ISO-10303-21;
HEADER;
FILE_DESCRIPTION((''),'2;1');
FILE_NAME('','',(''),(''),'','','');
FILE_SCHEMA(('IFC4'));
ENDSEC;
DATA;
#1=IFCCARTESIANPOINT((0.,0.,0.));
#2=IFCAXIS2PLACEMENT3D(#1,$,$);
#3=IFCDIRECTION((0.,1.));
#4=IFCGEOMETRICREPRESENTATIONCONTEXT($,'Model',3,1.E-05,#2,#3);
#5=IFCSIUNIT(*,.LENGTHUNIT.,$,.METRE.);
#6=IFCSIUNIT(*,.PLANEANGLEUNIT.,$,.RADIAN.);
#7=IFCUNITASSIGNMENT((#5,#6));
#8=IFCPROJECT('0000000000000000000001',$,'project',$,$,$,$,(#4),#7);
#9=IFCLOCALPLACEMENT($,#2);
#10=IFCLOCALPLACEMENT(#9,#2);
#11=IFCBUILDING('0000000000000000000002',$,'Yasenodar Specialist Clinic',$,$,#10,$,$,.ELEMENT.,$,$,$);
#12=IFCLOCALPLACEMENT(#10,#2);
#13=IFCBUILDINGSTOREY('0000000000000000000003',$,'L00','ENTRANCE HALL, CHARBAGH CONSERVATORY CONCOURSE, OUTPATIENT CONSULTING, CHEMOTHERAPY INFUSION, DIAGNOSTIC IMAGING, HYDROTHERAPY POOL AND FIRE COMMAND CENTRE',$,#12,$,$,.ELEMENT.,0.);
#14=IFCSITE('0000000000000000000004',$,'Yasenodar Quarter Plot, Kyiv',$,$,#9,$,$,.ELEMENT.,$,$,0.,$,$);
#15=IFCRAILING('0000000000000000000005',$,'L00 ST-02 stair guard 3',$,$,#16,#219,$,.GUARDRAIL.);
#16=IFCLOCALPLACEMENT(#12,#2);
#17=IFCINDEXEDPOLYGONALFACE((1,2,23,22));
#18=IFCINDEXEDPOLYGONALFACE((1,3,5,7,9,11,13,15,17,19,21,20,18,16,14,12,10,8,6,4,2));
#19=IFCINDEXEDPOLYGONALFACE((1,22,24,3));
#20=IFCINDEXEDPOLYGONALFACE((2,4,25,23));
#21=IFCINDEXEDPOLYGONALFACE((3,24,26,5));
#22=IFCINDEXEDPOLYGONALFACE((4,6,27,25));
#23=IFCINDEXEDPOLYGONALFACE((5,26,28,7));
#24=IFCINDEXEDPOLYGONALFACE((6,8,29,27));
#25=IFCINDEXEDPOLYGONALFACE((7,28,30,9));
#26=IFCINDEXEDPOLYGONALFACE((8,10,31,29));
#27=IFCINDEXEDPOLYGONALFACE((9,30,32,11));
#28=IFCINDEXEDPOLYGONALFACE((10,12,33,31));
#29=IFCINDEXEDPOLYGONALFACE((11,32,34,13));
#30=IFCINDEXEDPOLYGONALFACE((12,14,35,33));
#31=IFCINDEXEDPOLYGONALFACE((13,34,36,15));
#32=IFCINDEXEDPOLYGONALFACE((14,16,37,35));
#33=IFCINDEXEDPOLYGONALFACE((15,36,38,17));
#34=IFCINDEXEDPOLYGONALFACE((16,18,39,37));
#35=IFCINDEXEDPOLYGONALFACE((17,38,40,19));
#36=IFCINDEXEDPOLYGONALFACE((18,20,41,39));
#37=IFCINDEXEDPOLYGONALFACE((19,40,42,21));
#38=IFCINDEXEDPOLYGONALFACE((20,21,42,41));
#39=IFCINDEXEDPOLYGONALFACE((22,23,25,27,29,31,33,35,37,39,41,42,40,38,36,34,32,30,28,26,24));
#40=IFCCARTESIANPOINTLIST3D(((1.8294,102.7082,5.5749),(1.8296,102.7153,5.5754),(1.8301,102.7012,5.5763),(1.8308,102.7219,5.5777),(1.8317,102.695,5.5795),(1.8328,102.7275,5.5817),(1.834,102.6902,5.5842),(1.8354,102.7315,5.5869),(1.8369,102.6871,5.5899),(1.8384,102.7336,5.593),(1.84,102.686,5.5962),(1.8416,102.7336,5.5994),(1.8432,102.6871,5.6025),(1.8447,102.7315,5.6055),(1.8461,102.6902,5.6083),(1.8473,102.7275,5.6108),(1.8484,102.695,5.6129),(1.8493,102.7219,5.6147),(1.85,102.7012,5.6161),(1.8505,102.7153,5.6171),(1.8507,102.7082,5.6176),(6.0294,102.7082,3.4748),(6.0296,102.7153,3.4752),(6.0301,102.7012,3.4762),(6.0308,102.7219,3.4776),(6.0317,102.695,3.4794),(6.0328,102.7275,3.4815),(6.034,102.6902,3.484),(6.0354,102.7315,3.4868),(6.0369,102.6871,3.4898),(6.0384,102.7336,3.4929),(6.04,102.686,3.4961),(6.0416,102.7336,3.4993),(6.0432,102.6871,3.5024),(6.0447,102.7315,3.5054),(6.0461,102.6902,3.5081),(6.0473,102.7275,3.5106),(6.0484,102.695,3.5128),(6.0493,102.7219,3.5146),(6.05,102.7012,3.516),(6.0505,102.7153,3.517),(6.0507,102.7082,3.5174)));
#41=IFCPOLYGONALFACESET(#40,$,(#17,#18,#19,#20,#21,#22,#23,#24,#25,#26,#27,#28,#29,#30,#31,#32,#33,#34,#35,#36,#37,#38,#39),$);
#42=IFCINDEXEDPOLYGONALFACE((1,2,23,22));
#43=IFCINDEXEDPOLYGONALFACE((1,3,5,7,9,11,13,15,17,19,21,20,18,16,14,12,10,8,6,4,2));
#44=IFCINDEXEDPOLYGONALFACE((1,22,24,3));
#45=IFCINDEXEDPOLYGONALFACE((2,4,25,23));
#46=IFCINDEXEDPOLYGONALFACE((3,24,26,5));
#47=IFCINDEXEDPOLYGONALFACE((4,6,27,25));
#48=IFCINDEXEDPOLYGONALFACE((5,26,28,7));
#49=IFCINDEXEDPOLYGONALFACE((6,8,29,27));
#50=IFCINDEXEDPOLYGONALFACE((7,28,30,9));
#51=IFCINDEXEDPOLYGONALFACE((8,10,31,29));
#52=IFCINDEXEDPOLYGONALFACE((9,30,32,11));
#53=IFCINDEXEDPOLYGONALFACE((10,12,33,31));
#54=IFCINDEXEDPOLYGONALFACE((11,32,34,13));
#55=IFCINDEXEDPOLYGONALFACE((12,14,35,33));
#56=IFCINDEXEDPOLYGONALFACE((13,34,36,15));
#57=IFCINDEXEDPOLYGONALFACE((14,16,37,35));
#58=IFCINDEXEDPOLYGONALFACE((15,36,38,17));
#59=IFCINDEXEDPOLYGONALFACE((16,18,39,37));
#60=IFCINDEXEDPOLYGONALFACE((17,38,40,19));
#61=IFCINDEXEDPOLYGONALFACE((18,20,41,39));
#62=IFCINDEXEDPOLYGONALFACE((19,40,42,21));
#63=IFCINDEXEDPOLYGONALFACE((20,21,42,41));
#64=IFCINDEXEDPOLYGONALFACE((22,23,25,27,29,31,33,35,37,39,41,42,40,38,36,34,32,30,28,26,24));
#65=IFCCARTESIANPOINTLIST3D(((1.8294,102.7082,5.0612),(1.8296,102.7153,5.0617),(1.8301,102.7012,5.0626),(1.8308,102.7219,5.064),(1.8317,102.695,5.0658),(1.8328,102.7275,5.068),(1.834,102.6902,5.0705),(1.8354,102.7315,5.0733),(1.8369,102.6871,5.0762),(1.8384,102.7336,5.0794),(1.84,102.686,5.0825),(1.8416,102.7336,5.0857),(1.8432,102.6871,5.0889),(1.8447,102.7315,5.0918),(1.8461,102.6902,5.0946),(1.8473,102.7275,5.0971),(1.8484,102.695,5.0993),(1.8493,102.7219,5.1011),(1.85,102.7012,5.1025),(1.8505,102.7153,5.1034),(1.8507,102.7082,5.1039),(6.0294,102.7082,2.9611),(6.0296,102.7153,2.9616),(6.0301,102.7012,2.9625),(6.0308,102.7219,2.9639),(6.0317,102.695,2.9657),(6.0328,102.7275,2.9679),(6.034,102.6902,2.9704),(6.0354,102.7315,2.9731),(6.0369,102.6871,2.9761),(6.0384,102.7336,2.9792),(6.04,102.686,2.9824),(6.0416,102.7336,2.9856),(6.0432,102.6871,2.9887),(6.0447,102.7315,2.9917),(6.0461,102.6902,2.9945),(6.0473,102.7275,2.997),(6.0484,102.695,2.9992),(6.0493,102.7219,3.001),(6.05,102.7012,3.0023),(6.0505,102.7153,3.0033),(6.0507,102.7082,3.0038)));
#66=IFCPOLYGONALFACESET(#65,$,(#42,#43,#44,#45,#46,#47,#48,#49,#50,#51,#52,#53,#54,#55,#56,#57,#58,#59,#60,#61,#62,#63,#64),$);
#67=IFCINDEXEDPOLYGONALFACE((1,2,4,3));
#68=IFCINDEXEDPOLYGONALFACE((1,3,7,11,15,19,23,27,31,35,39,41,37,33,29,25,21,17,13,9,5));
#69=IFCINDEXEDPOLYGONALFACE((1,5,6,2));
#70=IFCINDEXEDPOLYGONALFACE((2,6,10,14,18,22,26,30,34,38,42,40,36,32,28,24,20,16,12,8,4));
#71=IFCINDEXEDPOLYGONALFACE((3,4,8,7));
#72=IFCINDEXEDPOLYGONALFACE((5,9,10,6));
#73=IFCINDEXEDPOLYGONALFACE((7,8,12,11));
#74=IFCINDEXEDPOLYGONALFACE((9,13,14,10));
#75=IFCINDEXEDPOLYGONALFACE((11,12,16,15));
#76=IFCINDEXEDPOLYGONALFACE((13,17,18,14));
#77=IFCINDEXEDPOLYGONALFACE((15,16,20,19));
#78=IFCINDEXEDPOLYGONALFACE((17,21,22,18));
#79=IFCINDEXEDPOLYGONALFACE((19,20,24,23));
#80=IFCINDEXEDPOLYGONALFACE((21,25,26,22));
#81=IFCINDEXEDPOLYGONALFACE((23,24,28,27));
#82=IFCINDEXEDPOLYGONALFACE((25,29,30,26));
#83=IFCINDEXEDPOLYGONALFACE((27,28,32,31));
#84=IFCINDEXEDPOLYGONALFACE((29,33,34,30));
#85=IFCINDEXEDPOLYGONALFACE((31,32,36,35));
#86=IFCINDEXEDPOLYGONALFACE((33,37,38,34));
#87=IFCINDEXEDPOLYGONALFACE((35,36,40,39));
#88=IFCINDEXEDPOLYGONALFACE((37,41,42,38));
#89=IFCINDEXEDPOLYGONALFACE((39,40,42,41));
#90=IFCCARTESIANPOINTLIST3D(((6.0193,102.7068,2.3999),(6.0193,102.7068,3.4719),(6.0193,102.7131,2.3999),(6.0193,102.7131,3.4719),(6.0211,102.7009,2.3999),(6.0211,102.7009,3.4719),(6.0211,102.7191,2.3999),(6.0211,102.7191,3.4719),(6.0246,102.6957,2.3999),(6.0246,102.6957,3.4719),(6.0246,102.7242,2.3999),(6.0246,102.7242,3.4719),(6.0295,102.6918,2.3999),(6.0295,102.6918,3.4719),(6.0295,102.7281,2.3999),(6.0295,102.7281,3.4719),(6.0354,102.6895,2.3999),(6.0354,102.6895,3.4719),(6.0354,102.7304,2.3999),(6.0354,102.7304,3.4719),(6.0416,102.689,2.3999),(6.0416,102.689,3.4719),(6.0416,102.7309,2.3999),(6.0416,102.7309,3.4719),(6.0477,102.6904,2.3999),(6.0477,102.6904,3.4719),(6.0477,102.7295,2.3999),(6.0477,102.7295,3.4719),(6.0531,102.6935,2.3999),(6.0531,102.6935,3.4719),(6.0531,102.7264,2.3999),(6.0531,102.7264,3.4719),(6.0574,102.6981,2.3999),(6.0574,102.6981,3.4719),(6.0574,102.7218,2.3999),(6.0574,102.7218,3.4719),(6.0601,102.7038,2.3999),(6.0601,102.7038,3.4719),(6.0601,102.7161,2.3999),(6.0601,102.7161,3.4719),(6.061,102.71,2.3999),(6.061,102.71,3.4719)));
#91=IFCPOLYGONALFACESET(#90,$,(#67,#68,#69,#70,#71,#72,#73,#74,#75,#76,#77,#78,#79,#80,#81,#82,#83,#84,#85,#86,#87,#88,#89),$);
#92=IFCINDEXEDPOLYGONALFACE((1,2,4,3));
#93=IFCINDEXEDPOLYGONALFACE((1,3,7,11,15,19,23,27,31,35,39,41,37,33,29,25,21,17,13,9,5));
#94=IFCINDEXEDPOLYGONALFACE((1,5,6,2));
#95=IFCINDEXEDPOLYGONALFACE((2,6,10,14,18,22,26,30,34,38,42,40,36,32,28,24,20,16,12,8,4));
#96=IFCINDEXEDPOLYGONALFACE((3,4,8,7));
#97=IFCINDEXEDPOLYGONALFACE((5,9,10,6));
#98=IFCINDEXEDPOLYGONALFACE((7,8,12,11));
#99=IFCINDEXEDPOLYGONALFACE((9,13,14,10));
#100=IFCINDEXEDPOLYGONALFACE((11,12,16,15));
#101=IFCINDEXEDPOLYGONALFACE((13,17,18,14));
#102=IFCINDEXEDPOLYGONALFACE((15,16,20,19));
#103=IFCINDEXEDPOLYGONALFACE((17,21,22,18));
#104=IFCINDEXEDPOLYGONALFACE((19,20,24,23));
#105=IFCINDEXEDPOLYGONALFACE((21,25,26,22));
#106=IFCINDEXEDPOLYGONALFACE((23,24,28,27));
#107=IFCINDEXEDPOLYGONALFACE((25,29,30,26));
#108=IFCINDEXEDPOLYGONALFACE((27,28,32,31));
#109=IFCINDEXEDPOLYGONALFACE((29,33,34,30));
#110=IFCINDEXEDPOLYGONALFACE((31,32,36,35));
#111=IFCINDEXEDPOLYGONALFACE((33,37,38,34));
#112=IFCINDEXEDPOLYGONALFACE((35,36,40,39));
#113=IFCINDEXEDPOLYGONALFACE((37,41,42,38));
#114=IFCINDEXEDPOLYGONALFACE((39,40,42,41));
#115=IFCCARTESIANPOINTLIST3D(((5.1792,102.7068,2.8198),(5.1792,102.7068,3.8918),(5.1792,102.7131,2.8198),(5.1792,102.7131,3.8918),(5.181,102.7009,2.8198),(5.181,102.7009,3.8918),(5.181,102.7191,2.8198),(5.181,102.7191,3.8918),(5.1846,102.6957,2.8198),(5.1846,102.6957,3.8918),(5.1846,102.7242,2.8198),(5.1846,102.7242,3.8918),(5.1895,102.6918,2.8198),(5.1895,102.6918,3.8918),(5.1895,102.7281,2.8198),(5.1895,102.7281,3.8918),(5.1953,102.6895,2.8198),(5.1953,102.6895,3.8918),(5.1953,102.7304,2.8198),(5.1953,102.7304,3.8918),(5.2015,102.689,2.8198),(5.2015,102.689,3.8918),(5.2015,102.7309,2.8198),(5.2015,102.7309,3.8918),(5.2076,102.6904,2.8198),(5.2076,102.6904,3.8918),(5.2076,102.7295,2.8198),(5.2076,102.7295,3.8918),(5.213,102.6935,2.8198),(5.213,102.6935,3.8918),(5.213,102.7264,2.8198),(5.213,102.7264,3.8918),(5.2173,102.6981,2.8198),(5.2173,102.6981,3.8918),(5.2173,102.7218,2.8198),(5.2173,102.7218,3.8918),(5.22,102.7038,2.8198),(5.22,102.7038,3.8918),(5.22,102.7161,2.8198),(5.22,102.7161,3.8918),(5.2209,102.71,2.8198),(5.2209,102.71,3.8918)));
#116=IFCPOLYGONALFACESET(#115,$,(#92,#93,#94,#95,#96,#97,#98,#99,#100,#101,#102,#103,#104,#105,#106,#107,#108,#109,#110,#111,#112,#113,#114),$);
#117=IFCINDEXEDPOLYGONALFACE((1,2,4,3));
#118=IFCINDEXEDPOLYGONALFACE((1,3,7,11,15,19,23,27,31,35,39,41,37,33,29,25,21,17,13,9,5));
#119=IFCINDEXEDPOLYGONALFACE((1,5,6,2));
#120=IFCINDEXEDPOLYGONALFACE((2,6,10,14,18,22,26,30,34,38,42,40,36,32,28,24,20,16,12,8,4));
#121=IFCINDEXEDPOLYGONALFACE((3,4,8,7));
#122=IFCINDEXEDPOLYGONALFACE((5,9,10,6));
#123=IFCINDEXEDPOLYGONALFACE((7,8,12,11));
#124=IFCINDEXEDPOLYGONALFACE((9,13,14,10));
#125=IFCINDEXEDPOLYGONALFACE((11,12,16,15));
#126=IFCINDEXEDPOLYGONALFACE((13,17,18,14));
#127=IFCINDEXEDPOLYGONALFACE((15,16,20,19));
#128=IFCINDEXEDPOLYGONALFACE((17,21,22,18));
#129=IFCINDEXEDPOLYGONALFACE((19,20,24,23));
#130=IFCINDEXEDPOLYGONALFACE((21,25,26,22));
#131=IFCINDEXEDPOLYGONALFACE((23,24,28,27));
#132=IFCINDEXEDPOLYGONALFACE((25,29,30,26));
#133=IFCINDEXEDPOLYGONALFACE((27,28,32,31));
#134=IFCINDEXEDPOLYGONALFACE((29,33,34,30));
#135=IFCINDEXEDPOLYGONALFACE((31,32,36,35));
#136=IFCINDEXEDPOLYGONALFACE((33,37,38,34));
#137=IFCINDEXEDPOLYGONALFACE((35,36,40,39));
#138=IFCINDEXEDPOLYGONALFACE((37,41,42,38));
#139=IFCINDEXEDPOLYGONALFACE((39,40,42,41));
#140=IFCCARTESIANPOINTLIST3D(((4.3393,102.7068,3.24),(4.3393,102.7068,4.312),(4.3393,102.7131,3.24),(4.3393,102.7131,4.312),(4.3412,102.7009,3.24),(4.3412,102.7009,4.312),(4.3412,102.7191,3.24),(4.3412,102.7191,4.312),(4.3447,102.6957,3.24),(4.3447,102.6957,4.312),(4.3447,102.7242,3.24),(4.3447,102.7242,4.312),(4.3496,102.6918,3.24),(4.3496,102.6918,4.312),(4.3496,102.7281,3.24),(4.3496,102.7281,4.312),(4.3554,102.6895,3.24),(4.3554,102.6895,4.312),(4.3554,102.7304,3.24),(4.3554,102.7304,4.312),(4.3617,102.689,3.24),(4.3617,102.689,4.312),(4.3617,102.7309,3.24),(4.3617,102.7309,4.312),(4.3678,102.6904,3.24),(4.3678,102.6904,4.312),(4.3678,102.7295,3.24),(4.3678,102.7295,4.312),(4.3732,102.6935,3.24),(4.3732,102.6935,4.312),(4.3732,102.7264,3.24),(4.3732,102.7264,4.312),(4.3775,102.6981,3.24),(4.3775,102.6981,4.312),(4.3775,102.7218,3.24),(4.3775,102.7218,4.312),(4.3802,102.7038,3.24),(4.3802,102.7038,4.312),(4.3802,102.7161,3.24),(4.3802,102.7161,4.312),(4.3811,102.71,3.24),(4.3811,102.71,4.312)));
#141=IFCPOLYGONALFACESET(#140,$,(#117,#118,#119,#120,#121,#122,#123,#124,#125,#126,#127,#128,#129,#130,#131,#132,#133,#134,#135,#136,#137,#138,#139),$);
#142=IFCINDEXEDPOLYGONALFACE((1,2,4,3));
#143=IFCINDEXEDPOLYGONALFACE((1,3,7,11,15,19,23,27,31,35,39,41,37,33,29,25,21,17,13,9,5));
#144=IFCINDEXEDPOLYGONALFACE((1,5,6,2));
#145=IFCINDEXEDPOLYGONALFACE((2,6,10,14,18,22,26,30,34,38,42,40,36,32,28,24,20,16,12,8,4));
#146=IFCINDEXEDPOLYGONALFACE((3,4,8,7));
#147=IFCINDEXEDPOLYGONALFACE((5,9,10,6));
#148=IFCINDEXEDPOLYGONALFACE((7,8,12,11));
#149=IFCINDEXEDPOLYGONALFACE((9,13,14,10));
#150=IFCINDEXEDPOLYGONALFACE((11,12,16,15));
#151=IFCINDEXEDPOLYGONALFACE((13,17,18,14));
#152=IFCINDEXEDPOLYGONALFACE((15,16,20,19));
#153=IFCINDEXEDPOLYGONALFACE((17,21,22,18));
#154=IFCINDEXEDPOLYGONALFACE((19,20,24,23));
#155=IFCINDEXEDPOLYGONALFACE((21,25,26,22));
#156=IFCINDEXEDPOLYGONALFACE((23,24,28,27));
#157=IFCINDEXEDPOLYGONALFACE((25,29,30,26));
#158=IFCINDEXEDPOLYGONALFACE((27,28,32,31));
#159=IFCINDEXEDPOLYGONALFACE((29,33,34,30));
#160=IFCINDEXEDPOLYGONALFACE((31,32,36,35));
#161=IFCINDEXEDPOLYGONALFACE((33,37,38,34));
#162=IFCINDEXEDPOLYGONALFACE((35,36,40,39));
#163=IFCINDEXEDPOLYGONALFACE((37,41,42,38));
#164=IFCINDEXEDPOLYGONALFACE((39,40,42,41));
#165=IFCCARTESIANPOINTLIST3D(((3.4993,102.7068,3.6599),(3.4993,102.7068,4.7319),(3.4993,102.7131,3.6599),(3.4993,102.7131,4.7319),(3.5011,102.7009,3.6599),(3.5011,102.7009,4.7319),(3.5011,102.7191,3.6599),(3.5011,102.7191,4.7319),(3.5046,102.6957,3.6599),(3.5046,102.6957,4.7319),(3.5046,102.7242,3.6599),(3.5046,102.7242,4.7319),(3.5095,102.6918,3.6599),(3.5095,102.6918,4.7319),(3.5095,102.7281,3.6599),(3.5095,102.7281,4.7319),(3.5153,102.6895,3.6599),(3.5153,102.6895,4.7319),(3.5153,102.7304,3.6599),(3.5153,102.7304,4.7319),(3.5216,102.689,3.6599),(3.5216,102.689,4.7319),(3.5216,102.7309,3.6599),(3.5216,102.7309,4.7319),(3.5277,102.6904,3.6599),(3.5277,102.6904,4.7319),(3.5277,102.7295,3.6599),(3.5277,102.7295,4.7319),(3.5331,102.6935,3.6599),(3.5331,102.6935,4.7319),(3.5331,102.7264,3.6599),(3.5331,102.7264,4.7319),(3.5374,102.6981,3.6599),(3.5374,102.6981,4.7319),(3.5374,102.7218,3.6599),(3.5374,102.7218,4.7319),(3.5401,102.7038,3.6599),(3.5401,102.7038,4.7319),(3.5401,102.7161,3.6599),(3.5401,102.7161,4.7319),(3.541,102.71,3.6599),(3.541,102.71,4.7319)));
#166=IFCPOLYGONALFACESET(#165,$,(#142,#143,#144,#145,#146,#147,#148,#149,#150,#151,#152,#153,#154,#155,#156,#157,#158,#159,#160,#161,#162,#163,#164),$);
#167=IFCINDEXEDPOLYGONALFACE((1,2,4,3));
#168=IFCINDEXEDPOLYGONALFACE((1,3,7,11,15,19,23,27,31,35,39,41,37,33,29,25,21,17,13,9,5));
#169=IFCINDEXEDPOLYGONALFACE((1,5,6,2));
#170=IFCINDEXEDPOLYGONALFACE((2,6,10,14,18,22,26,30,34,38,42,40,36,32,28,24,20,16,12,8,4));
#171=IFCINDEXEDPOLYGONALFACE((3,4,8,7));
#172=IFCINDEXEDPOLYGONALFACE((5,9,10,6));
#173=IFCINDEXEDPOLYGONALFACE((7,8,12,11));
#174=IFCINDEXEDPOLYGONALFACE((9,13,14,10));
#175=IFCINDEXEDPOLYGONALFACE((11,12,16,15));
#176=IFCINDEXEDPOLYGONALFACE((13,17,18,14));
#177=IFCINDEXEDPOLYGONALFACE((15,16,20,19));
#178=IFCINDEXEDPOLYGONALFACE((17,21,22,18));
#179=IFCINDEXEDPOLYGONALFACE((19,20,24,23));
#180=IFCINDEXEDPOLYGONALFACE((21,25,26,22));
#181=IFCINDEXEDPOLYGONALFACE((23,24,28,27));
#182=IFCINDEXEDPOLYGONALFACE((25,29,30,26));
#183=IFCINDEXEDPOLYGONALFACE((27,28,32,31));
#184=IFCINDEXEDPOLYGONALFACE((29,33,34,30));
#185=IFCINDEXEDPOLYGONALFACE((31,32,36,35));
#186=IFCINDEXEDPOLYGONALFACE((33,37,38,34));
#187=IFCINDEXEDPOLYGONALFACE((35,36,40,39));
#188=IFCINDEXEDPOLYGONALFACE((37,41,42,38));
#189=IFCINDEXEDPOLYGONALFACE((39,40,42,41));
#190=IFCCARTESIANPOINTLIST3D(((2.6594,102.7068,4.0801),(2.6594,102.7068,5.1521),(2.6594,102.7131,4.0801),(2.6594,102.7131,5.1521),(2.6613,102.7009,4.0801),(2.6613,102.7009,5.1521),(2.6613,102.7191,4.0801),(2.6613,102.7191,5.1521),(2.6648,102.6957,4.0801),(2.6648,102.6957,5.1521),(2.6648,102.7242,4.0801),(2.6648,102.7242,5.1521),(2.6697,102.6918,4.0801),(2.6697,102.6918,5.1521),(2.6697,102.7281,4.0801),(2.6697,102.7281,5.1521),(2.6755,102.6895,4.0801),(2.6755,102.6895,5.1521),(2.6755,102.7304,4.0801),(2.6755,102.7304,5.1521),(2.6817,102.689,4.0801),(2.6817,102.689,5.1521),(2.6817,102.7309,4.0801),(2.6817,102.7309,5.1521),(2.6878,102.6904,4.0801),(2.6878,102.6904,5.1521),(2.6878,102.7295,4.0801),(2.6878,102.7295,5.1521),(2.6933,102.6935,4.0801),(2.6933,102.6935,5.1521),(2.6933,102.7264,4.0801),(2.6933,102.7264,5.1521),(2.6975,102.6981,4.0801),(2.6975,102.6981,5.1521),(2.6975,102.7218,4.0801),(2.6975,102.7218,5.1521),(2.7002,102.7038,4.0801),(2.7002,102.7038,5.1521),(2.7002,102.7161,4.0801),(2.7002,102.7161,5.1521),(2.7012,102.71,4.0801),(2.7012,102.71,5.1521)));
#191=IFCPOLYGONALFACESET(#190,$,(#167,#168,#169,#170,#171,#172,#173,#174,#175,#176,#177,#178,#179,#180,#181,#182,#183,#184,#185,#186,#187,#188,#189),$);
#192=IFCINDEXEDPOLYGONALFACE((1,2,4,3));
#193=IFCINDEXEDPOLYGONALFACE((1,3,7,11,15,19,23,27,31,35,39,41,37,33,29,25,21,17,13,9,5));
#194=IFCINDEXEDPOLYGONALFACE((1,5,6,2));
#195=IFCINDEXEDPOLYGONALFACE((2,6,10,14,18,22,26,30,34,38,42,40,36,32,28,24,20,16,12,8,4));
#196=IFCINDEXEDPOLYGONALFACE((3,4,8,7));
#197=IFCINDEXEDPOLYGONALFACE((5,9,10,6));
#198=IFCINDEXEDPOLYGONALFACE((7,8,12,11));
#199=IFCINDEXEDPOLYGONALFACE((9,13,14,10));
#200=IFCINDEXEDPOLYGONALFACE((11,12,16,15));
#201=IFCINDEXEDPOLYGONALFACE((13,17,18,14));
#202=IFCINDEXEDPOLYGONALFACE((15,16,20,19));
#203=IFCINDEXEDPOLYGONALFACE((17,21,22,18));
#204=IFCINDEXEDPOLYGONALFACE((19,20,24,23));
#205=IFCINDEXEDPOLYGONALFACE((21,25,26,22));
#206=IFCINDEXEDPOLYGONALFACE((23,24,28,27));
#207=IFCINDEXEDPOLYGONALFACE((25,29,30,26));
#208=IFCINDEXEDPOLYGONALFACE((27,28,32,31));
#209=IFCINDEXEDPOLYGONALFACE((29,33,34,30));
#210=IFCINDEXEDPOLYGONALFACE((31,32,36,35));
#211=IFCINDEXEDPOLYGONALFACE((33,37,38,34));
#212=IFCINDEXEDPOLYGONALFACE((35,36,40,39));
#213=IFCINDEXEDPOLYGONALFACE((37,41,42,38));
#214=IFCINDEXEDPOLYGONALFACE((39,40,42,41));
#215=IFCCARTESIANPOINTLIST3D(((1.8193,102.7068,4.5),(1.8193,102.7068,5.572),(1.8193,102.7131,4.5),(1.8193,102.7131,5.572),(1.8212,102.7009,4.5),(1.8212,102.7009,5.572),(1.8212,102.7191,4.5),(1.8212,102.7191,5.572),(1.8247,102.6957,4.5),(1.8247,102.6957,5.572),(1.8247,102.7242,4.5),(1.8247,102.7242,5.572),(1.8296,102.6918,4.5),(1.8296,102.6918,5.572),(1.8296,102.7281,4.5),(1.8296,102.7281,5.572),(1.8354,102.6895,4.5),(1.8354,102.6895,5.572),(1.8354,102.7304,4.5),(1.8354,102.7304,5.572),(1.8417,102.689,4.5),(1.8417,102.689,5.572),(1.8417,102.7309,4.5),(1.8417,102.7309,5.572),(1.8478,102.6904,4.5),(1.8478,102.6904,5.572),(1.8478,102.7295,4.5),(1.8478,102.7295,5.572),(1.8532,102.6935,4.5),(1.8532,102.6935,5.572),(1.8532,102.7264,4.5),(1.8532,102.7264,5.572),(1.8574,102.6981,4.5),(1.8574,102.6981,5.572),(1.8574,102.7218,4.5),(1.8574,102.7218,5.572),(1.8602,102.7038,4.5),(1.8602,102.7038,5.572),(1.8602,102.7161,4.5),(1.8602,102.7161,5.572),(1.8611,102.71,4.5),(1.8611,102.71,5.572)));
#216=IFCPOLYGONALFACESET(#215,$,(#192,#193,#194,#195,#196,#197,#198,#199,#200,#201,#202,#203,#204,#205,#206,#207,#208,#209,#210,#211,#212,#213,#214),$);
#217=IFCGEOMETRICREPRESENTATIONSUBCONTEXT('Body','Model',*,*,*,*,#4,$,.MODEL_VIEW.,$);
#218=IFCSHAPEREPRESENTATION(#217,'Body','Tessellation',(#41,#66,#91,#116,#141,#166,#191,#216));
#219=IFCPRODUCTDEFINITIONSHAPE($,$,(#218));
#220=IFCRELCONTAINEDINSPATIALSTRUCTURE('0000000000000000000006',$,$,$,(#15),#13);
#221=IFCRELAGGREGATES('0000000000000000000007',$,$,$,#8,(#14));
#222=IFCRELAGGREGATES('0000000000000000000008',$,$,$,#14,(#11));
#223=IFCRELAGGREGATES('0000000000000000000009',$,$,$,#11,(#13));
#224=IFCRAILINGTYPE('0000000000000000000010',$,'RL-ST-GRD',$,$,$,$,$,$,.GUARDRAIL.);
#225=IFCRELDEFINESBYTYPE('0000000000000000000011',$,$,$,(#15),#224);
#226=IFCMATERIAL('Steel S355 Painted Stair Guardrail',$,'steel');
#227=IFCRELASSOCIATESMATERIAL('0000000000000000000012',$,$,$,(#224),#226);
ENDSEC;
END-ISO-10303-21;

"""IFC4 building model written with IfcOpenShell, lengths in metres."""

from ifc_helpers import new_model, si_unit, direction, frame, origin, origin_2d, place, context, subcontext, project, spatial, circle, extrude, material, type_object, element, save


model = new_model("IFC4")

# Units and contexts
model_context = context("Model", 3, precision=1e-05, world=origin(), true_north=direction((0.0, 1.0)))
body_context = subcontext(model_context, "Body", "Model", "MODEL_VIEW")
ifc_project = project(units=[si_unit("LENGTHUNIT", "METRE"), si_unit("PLANEANGLEUNIT", "RADIAN")], contexts=[model_context])

# Site, building, storey
site_placement = place(None, origin())
site = spatial("IfcSite", under=ifc_project, at=site_placement, Name="Yasenodar Quarter Plot, Kyiv", CompositionType="ELEMENT", RefElevation=0.0)
building_placement = place(site_placement, origin())
building = spatial("IfcBuilding", under=site, at=building_placement, Name="Yasenodar Specialist Clinic", CompositionType="ELEMENT")
storey_placement = place(building_placement, origin())
storey = spatial("IfcBuildingStorey", under=building, at=storey_placement, Name="L00", Description="ENTRANCE HALL, CHARBAGH CONSERVATORY CONCOURSE, OUTPATIENT CONSULTING, CHEMOTHERAPY INFUSION, DIAGNOSTIC IMAGING, HYDROTHERAPY POOL AND FIRE COMMAND CENTRE", CompositionType="ELEMENT", Elevation=0.0)

# Railing
ifc_material_1 = material(Name="Steel S355 Painted Stair Guardrail", Category="steel")
railing_type_1 = type_object("IfcRailingType", Name="RL-ST-GRD", PredefinedType="GUARDRAIL", material=ifc_material_1)
railing_1_placement = place(storey_placement, frame((6.04, 102.71, 2.3999)))
element("IfcRailing", 1, at=railing_1_placement, inside=storey, type_object=railing_type_1, Name="L00 ST-02 stair guard 3", PredefinedType="GUARDRAIL", context=body_context, shape_type="SweptSolid", body=[
    extrude(circle(Radius=0.0239, at=origin_2d()), frame((0.0, 0.0, 1.0962), z_axis=(-0.894417, 0.0, 0.447234), x_axis=(0.0, -1.0, 0.0)), (0.0, 0.0, 1.0), 4.6958),
    extrude(circle(Radius=0.0239, at=origin_2d()), frame((0.0, 0.0, 0.5825), z_axis=(-0.894417, 0.0, 0.447234), x_axis=(0.0, -1.0, 0.0)), (0.0, 0.0, 1.0), 4.6958),
    extrude(circle(Radius=0.021, at=origin_2d()), origin(), (0.0, 0.0, 1.0), 1.072),
    extrude(circle(Radius=0.021, at=origin_2d()), frame((-0.8401, 0.0, 0.4199)), (0.0, 0.0, 1.0), 1.072),
    extrude(circle(Radius=0.021, at=origin_2d()), frame((-1.6799, 0.0, 0.8401)), (0.0, 0.0, 1.0), 1.072),
    extrude(circle(Radius=0.021, at=origin_2d()), frame((-2.52, 0.0, 1.26)), (0.0, 0.0, 1.0), 1.072),
    extrude(circle(Radius=0.021, at=origin_2d()), frame((-3.3599, 0.0, 1.6802)), (0.0, 0.0, 1.0), 1.072),
    extrude(circle(Radius=0.021, at=origin_2d()), frame((-4.2, 0.0, 2.1001)), (0.0, 0.0, 1.0), 1.072),
])

save(model, "model.ifc")
